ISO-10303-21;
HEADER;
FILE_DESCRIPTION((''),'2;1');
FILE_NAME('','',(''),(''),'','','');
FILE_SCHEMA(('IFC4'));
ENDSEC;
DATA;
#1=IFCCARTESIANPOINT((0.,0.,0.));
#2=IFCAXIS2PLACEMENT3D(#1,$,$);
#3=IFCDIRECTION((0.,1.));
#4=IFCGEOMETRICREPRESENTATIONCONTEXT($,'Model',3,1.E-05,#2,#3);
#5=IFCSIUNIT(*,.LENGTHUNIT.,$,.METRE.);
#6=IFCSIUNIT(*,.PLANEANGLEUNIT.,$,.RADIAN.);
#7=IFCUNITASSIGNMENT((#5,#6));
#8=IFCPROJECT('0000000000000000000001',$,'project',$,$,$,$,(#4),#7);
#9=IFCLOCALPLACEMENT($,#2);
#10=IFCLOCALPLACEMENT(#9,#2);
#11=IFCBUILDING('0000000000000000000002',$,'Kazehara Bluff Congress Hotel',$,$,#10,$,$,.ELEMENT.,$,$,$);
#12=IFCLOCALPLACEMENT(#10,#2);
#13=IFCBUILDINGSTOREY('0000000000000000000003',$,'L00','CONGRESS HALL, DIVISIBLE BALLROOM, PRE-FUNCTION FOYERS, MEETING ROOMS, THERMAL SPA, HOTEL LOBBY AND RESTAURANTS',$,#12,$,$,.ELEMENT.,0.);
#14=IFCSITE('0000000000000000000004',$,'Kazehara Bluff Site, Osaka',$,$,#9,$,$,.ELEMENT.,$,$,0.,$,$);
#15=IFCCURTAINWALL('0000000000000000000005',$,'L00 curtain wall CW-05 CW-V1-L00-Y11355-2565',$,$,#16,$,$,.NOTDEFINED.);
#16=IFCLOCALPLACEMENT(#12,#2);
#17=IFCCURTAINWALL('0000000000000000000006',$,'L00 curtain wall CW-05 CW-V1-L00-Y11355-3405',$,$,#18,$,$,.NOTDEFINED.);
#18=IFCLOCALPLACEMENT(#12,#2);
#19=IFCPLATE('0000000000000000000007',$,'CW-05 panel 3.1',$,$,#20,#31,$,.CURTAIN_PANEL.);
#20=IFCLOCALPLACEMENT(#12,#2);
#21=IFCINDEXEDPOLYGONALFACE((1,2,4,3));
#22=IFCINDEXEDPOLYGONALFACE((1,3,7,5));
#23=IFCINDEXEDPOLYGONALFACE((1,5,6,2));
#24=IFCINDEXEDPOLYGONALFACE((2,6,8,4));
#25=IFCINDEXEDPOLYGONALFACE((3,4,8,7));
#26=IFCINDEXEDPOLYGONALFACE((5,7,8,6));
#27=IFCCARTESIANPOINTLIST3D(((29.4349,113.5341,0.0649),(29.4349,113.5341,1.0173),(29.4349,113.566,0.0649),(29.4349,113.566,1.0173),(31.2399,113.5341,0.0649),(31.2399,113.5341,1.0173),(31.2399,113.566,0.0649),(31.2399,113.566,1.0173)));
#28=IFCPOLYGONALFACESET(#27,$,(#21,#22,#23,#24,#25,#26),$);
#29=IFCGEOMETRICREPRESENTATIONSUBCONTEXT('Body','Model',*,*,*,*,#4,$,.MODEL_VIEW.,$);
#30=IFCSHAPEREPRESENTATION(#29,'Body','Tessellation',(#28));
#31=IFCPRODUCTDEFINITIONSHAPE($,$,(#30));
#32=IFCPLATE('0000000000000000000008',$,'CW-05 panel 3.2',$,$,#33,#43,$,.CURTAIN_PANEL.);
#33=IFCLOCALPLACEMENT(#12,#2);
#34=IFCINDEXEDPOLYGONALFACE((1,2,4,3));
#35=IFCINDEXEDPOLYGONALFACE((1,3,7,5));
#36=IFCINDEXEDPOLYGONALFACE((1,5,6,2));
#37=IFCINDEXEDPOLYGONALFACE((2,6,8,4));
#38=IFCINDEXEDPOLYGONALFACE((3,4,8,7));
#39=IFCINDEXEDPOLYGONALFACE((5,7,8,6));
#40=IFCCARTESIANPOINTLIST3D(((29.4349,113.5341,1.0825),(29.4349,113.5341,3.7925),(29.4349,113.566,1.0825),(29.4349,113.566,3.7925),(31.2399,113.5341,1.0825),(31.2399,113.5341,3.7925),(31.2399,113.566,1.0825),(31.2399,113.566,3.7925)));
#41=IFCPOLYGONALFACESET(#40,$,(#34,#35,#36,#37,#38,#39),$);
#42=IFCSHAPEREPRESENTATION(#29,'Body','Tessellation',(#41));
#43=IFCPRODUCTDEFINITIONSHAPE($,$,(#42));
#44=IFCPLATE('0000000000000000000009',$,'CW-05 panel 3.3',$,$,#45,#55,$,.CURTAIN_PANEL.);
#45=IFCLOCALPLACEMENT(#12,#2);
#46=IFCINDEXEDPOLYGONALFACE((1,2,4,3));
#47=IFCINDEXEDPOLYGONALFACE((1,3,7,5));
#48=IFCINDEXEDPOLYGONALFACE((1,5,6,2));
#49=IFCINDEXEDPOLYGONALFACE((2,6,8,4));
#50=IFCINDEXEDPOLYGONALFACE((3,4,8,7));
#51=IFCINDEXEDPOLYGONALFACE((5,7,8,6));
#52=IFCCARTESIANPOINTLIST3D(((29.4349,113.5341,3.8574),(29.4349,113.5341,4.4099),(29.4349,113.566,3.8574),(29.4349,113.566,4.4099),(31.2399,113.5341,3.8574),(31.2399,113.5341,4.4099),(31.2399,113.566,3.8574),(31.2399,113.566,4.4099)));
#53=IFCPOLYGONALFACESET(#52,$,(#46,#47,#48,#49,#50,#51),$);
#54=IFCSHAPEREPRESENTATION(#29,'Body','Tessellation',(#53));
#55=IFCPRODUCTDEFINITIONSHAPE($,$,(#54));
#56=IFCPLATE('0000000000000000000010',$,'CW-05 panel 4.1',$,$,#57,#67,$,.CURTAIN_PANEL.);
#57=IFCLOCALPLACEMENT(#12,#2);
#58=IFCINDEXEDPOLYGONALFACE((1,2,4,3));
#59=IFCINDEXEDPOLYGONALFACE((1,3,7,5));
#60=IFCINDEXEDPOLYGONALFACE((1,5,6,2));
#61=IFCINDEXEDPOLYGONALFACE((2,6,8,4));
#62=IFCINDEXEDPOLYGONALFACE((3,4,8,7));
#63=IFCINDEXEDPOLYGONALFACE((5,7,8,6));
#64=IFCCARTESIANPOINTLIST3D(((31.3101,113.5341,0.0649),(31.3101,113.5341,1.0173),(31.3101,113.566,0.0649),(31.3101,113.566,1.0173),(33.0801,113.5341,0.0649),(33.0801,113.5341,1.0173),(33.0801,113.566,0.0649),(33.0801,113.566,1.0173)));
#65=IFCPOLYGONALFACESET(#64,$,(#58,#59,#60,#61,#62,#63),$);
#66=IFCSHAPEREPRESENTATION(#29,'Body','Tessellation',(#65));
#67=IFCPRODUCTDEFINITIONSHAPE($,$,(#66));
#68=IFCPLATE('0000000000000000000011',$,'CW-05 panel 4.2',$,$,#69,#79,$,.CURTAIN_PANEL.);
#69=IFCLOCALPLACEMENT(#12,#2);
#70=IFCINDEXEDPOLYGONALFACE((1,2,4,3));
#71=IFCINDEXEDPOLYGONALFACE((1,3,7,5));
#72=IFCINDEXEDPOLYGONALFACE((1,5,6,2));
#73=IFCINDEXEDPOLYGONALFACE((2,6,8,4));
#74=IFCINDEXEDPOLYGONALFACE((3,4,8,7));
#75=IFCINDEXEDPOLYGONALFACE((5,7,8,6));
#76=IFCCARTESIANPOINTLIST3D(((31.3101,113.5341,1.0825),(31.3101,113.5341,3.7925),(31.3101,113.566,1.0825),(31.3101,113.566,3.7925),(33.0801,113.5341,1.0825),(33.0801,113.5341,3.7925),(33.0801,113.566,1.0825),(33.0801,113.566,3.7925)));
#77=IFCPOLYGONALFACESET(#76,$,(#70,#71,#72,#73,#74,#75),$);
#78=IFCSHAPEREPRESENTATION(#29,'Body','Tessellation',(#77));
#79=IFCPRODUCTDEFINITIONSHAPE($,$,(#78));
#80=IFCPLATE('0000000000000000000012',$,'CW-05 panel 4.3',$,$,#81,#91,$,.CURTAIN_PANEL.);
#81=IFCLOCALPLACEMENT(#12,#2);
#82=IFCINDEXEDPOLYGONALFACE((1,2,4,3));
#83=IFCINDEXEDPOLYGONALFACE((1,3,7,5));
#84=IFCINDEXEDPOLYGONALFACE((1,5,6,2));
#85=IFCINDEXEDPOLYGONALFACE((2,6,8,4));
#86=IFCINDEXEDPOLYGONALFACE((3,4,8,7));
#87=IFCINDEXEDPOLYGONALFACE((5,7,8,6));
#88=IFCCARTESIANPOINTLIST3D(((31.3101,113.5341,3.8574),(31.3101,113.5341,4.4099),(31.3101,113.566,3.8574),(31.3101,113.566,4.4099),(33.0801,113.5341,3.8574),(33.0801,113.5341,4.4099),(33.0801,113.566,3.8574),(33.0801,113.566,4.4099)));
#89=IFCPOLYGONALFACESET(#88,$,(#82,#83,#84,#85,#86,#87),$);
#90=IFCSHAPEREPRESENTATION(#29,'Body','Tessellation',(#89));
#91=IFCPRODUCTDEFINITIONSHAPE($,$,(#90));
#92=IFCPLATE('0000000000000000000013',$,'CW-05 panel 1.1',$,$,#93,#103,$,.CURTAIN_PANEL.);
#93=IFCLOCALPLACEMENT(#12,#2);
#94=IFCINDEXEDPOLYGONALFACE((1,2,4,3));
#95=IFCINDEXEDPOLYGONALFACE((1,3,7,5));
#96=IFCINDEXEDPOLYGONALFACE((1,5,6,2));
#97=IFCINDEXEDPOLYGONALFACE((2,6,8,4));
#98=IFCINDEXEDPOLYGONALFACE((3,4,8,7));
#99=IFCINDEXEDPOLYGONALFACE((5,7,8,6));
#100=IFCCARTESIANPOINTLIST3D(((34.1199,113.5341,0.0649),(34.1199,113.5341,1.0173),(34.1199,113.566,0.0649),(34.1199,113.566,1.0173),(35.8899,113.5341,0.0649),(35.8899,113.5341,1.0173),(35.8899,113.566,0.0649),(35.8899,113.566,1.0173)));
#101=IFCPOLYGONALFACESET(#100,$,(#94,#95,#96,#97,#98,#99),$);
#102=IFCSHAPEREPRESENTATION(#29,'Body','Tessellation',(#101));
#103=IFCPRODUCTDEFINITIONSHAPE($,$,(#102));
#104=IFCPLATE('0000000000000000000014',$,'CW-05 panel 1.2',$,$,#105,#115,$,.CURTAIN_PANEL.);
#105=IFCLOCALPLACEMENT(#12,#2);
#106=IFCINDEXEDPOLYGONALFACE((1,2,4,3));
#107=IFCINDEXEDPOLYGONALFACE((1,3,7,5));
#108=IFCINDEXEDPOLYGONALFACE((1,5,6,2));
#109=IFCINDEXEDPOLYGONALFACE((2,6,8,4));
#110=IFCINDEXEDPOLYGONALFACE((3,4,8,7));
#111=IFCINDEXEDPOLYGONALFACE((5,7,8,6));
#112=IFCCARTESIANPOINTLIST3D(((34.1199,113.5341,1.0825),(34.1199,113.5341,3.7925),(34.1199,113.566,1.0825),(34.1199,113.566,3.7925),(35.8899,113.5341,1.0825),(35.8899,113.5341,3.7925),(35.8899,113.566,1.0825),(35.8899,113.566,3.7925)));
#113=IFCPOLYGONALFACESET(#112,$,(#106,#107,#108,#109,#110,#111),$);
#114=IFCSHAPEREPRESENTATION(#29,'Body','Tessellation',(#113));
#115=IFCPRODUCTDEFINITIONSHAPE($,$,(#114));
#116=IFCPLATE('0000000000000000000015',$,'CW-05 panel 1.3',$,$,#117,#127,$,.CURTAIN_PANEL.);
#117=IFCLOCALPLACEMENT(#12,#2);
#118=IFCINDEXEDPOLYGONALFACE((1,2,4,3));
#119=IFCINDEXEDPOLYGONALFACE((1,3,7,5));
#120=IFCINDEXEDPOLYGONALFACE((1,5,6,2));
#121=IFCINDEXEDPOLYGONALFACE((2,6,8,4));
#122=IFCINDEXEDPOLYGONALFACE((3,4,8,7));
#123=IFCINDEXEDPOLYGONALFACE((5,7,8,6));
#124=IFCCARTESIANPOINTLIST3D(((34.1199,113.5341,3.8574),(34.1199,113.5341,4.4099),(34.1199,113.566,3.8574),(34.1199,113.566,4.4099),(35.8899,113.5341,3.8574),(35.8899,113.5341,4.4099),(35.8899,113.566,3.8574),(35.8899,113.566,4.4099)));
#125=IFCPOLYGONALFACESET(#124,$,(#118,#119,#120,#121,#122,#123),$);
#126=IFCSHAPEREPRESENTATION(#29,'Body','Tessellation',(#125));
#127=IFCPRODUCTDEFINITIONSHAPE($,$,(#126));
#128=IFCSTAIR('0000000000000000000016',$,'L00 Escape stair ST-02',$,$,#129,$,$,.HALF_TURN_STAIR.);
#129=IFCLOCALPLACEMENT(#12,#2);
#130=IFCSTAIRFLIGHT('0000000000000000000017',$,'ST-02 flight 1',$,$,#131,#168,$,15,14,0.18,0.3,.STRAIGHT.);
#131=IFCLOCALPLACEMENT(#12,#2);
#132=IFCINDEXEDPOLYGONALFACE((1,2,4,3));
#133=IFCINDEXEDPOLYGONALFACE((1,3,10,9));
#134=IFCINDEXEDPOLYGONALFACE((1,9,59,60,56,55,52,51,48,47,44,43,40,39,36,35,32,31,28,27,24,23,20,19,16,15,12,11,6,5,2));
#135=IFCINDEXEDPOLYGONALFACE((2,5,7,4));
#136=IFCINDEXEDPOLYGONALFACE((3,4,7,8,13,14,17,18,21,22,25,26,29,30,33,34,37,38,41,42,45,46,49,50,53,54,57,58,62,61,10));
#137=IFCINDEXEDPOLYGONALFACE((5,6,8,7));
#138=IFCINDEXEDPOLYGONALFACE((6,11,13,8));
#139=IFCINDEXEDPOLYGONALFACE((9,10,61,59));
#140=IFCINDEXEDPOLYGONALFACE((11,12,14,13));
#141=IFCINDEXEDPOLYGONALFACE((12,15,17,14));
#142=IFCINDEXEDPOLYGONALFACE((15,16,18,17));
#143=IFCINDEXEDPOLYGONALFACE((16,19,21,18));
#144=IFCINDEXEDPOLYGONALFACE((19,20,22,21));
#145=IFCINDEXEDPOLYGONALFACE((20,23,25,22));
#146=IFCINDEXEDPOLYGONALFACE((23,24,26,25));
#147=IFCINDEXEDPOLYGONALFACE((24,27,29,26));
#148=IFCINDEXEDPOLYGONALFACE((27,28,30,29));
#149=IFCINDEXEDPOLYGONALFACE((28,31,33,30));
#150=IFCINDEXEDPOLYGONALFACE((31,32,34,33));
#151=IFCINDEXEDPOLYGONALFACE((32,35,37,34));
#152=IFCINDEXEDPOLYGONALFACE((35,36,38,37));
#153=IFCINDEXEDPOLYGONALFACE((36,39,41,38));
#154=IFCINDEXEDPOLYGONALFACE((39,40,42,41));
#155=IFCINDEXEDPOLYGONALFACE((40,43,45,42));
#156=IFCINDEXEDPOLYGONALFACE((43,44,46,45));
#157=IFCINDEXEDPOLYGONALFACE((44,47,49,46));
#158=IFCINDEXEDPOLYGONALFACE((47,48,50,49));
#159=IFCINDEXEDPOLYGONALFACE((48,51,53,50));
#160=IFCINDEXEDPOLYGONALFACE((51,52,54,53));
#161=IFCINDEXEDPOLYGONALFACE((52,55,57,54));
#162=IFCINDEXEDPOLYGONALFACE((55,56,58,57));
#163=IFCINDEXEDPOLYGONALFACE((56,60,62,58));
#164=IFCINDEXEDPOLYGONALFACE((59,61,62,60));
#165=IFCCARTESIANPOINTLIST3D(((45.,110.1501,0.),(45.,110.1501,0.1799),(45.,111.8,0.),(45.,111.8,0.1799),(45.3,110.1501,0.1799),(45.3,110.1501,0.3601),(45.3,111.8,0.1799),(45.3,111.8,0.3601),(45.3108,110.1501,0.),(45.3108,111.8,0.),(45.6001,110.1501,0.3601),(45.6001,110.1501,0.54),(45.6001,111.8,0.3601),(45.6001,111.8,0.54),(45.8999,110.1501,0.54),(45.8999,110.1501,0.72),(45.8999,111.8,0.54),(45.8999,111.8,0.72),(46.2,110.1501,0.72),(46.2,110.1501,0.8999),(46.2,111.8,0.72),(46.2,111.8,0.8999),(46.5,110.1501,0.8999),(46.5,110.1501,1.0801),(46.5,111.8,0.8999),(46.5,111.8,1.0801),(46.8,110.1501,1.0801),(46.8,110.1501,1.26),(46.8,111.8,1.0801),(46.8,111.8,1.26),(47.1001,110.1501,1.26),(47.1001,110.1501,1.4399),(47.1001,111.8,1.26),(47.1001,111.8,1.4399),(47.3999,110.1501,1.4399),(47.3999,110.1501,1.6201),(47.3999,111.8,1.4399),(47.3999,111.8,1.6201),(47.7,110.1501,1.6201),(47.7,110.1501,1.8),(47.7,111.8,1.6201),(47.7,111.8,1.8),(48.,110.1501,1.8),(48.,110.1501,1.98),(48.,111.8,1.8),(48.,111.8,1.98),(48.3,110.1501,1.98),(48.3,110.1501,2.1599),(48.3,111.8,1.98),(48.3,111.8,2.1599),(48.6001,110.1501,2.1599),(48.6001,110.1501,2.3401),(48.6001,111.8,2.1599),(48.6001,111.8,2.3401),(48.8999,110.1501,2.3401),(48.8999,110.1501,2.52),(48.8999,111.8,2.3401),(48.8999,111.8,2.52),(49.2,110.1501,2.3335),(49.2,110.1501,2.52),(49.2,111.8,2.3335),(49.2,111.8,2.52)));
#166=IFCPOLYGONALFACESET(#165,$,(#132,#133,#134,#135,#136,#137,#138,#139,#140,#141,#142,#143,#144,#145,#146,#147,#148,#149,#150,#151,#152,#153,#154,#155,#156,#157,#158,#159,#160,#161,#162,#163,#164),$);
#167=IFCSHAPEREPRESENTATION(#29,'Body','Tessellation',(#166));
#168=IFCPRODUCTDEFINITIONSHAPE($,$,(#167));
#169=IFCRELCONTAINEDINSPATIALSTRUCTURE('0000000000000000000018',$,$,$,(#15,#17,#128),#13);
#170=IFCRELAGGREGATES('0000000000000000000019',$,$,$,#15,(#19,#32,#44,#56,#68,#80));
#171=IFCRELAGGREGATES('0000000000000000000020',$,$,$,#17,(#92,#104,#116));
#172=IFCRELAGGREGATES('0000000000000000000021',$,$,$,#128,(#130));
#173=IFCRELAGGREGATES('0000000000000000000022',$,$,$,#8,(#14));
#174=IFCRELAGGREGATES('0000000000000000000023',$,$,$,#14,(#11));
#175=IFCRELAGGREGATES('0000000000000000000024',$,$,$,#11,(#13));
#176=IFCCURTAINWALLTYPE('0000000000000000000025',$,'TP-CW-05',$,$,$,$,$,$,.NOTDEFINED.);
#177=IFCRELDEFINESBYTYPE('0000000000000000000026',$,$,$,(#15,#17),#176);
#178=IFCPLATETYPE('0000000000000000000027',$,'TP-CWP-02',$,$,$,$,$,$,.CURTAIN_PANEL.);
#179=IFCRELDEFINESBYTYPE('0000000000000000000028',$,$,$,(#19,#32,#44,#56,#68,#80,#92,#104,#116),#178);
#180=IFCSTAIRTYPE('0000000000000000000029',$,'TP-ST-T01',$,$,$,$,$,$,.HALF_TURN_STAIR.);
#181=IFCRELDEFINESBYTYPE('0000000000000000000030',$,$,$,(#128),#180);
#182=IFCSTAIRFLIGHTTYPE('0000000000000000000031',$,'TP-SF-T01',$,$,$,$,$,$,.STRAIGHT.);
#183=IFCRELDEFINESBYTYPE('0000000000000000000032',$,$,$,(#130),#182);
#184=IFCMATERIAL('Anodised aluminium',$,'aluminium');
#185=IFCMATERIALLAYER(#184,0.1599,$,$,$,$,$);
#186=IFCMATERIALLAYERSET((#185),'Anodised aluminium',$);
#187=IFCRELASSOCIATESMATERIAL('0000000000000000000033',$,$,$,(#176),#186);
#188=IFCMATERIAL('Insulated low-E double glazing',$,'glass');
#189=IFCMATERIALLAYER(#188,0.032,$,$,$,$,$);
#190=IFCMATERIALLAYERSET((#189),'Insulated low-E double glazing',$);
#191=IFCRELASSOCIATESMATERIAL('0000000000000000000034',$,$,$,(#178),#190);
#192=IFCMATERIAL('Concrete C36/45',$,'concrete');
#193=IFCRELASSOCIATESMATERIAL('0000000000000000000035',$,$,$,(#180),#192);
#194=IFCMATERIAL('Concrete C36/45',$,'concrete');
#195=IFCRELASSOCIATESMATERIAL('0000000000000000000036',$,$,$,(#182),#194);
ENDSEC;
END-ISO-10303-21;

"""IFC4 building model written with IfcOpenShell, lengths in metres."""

from ifc_helpers import new_model, si_unit, direction, frame, origin, origin_2d, place, context, subcontext, project, spatial, polyline, rectangle, outline, extrude, material, layer, layer_set, type_object, element, aggregate, save


model = new_model("IFC4")

# Units and contexts
model_context = context("Model", 3, precision=1e-05, world=origin(), true_north=direction((0.0, 1.0)))
body_context = subcontext(model_context, "Body", "Model", "MODEL_VIEW")
ifc_project = project(units=[si_unit("LENGTHUNIT", "METRE"), si_unit("PLANEANGLEUNIT", "RADIAN")], contexts=[model_context])

# Site, building, storey
site_placement = place(None, origin())
site = spatial("IfcSite", under=ifc_project, at=site_placement, Name="Kazehara Bluff Site, Osaka", CompositionType="ELEMENT", RefElevation=0.0)
building_placement = place(site_placement, origin())
building = spatial("IfcBuilding", under=site, at=building_placement, Name="Kazehara Bluff Congress Hotel", CompositionType="ELEMENT")
storey_placement = place(building_placement, origin())
storey = spatial("IfcBuildingStorey", under=building, at=storey_placement, Name="L00", Description="CONGRESS HALL, DIVISIBLE BALLROOM, PRE-FUNCTION FOYERS, MEETING ROOMS, THERMAL SPA, HOTEL LOBBY AND RESTAURANTS", CompositionType="ELEMENT", Elevation=0.0)

# Curtain walls
ifc_material_1 = material(Name="Anodised aluminium", Category="aluminium")
ifc_layer_1 = layer(ifc_material_1, 0.1599)
ifc_layer_set_1 = layer_set([ifc_layer_1], Name="Anodised aluminium")
curtain_wall_type = type_object("IfcCurtainWallType", Name="TP-CW-05", PredefinedType="NOTDEFINED", material=ifc_layer_set_1)
curtain_wall_1_placement = place(storey_placement, origin())
curtain_wall_1 = element("IfcCurtainWall", 1, at=curtain_wall_1_placement, inside=storey, type_object=curtain_wall_type, Name="L00 curtain wall CW-05 CW-V1-L00-Y11355-2565", PredefinedType="NOTDEFINED")
curtain_wall_2_placement = place(storey_placement, origin())
curtain_wall_2 = element("IfcCurtainWall", 2, at=curtain_wall_2_placement, inside=storey, type_object=curtain_wall_type, Name="L00 curtain wall CW-05 CW-V1-L00-Y11355-3405", PredefinedType="NOTDEFINED")

# Plates
ifc_material_2 = material(Name="Insulated low-E double glazing", Category="glass")
ifc_layer_2 = layer(ifc_material_2, 0.032)
ifc_layer_set_2 = layer_set([ifc_layer_2], Name="Insulated low-E double glazing")
plate_type = type_object("IfcPlateType", Name="TP-CWP-02", PredefinedType="CURTAIN_PANEL", material=ifc_layer_set_2)
plate_1_placement = place(storey_placement, frame((30.3374, 113.55, 0.0649), z_axis=(0.0, 0.0, 1.0), x_axis=(1.0, 0.0, 0.0)))
plate_1 = element("IfcPlate", 3, at=plate_1_placement, type_object=plate_type, Name="CW-05 panel 3.1", PredefinedType="CURTAIN_PANEL", context=body_context, shape_type="SweptSolid", body=[
    extrude(rectangle(XDim=1.8049, YDim=0.032, at=origin_2d()), origin(), (0.0, 0.0, 1.0), 0.9524),
])
plate_2_placement = place(storey_placement, frame((30.3374, 113.55, 1.0825), z_axis=(0.0, 0.0, 1.0), x_axis=(1.0, 0.0, 0.0)))
plate_2 = element("IfcPlate", 4, at=plate_2_placement, type_object=plate_type, Name="CW-05 panel 3.2", PredefinedType="CURTAIN_PANEL", context=body_context, shape_type="SweptSolid", body=[
    extrude(rectangle(XDim=1.8049, YDim=0.032, at=origin_2d()), origin(), (0.0, 0.0, 1.0), 2.71),
])
plate_3_placement = place(storey_placement, frame((30.3374, 113.55, 3.8574), z_axis=(0.0, 0.0, 1.0), x_axis=(1.0, 0.0, 0.0)))
plate_3 = element("IfcPlate", 5, at=plate_3_placement, type_object=plate_type, Name="CW-05 panel 3.3", PredefinedType="CURTAIN_PANEL", context=body_context, shape_type="SweptSolid", body=[
    extrude(rectangle(XDim=1.8049, YDim=0.032, at=origin_2d()), origin(), (0.0, 0.0, 1.0), 0.5525),
])
plate_4_placement = place(storey_placement, frame((32.1951, 113.55, 0.0649), z_axis=(0.0, 0.0, 1.0), x_axis=(1.0, 0.0, 0.0)))
plate_4 = element("IfcPlate", 6, at=plate_4_placement, type_object=plate_type, Name="CW-05 panel 4.1", PredefinedType="CURTAIN_PANEL", context=body_context, shape_type="SweptSolid", body=[
    extrude(rectangle(XDim=1.77, YDim=0.032, at=origin_2d()), origin(), (0.0, 0.0, 1.0), 0.9524),
])
plate_5_placement = place(storey_placement, frame((32.1951, 113.55, 1.0825), z_axis=(0.0, 0.0, 1.0), x_axis=(1.0, 0.0, 0.0)))
plate_5 = element("IfcPlate", 7, at=plate_5_placement, type_object=plate_type, Name="CW-05 panel 4.2", PredefinedType="CURTAIN_PANEL", context=body_context, shape_type="SweptSolid", body=[
    extrude(rectangle(XDim=1.77, YDim=0.032, at=origin_2d()), origin(), (0.0, 0.0, 1.0), 2.71),
])
plate_6_placement = place(storey_placement, frame((32.1951, 113.55, 3.8574), z_axis=(0.0, 0.0, 1.0), x_axis=(1.0, 0.0, 0.0)))
plate_6 = element("IfcPlate", 8, at=plate_6_placement, type_object=plate_type, Name="CW-05 panel 4.3", PredefinedType="CURTAIN_PANEL", context=body_context, shape_type="SweptSolid", body=[
    extrude(rectangle(XDim=1.77, YDim=0.032, at=origin_2d()), origin(), (0.0, 0.0, 1.0), 0.5525),
])
aggregate(curtain_wall_1, [plate_1, plate_2, plate_3, plate_4, plate_5, plate_6])
plate_7_placement = place(storey_placement, frame((35.0049, 113.55, 0.0649), z_axis=(0.0, 0.0, 1.0), x_axis=(1.0, 0.0, 0.0)))
plate_7 = element("IfcPlate", 9, at=plate_7_placement, type_object=plate_type, Name="CW-05 panel 1.1", PredefinedType="CURTAIN_PANEL", context=body_context, shape_type="SweptSolid", body=[
    extrude(rectangle(XDim=1.77, YDim=0.032, at=origin_2d()), origin(), (0.0, 0.0, 1.0), 0.9524),
])
plate_8_placement = place(storey_placement, frame((35.0049, 113.55, 1.0825), z_axis=(0.0, 0.0, 1.0), x_axis=(1.0, 0.0, 0.0)))
plate_8 = element("IfcPlate", 10, at=plate_8_placement, type_object=plate_type, Name="CW-05 panel 1.2", PredefinedType="CURTAIN_PANEL", context=body_context, shape_type="SweptSolid", body=[
    extrude(rectangle(XDim=1.77, YDim=0.032, at=origin_2d()), origin(), (0.0, 0.0, 1.0), 2.71),
])
plate_9_placement = place(storey_placement, frame((35.0049, 113.55, 3.8574), z_axis=(0.0, 0.0, 1.0), x_axis=(1.0, 0.0, 0.0)))
plate_9 = element("IfcPlate", 11, at=plate_9_placement, type_object=plate_type, Name="CW-05 panel 1.3", PredefinedType="CURTAIN_PANEL", context=body_context, shape_type="SweptSolid", body=[
    extrude(rectangle(XDim=1.77, YDim=0.032, at=origin_2d()), origin(), (0.0, 0.0, 1.0), 0.5525),
])
aggregate(curtain_wall_2, [plate_7, plate_8, plate_9])

# Stair, stair flight
ifc_material_3 = material(Name="Concrete C36/45", Category="concrete")
stair_type = type_object("IfcStairType", Name="TP-ST-T01", PredefinedType="HALF_TURN_STAIR", material=ifc_material_3)
stair_placement = place(storey_placement, origin())
stair = element("IfcStair", 12, at=stair_placement, inside=storey, type_object=stair_type, Name="L00 Escape stair ST-02", PredefinedType="HALF_TURN_STAIR")
ifc_material_4 = material(Name="Concrete C36/45", Category="concrete")
stair_flight_type = type_object("IfcStairFlightType", Name="TP-SF-T01", PredefinedType="STRAIGHT", material=ifc_material_4)
stair_flight_1_placement = place(storey_placement, frame((45.0, 110.9751, 0.0), z_axis=(0.0, 0.0, 1.0), x_axis=(1.0, 0.0, 0.0)))
stair_flight_1 = element("IfcStairFlight", 13, at=stair_flight_1_placement, type_object=stair_flight_type, Name="ST-02 flight 1", NumberOfRisers=15, NumberOfTreads=14, PredefinedType="STRAIGHT", RiserHeight=0.18, TreadLength=0.3, context=body_context, shape_type="SweptSolid", body=[
    extrude(outline(polyline([(0.0, 0.0), (0.0, 0.1799), (0.3, 0.1799), (0.3, 0.3601), (0.6001, 0.3601), (0.6001, 0.54), (0.8999, 0.54), (0.8999, 0.72), (1.2, 0.72), (1.2, 0.8999), (1.5, 0.8999), (1.5, 1.0801), (1.8, 1.0801), (1.8, 1.26), (2.1001, 1.26), (2.1001, 1.4399), (2.3999, 1.4399), (2.3999, 1.6201), (2.7, 1.6201), (2.7, 1.8), (3.0, 1.8), (3.0, 1.98), (3.3, 1.98), (3.3, 2.1599), (3.6001, 2.1599), (3.6001, 2.3401), (3.8999, 2.3401), (3.8999, 2.52), (4.2, 2.52), (4.2, 2.7), (4.2, 2.3335), (0.3108, 0.0), (0.0, 0.0)])), frame((0.0, 0.825, 0.0), z_axis=(0.0, -1.0, 0.0), x_axis=(1.0, 0.0, 0.0)), (0.0, 0.0, 1.0), 1.6499),
])
aggregate(stair, [stair_flight_1])

save(model, "model.ifc")
